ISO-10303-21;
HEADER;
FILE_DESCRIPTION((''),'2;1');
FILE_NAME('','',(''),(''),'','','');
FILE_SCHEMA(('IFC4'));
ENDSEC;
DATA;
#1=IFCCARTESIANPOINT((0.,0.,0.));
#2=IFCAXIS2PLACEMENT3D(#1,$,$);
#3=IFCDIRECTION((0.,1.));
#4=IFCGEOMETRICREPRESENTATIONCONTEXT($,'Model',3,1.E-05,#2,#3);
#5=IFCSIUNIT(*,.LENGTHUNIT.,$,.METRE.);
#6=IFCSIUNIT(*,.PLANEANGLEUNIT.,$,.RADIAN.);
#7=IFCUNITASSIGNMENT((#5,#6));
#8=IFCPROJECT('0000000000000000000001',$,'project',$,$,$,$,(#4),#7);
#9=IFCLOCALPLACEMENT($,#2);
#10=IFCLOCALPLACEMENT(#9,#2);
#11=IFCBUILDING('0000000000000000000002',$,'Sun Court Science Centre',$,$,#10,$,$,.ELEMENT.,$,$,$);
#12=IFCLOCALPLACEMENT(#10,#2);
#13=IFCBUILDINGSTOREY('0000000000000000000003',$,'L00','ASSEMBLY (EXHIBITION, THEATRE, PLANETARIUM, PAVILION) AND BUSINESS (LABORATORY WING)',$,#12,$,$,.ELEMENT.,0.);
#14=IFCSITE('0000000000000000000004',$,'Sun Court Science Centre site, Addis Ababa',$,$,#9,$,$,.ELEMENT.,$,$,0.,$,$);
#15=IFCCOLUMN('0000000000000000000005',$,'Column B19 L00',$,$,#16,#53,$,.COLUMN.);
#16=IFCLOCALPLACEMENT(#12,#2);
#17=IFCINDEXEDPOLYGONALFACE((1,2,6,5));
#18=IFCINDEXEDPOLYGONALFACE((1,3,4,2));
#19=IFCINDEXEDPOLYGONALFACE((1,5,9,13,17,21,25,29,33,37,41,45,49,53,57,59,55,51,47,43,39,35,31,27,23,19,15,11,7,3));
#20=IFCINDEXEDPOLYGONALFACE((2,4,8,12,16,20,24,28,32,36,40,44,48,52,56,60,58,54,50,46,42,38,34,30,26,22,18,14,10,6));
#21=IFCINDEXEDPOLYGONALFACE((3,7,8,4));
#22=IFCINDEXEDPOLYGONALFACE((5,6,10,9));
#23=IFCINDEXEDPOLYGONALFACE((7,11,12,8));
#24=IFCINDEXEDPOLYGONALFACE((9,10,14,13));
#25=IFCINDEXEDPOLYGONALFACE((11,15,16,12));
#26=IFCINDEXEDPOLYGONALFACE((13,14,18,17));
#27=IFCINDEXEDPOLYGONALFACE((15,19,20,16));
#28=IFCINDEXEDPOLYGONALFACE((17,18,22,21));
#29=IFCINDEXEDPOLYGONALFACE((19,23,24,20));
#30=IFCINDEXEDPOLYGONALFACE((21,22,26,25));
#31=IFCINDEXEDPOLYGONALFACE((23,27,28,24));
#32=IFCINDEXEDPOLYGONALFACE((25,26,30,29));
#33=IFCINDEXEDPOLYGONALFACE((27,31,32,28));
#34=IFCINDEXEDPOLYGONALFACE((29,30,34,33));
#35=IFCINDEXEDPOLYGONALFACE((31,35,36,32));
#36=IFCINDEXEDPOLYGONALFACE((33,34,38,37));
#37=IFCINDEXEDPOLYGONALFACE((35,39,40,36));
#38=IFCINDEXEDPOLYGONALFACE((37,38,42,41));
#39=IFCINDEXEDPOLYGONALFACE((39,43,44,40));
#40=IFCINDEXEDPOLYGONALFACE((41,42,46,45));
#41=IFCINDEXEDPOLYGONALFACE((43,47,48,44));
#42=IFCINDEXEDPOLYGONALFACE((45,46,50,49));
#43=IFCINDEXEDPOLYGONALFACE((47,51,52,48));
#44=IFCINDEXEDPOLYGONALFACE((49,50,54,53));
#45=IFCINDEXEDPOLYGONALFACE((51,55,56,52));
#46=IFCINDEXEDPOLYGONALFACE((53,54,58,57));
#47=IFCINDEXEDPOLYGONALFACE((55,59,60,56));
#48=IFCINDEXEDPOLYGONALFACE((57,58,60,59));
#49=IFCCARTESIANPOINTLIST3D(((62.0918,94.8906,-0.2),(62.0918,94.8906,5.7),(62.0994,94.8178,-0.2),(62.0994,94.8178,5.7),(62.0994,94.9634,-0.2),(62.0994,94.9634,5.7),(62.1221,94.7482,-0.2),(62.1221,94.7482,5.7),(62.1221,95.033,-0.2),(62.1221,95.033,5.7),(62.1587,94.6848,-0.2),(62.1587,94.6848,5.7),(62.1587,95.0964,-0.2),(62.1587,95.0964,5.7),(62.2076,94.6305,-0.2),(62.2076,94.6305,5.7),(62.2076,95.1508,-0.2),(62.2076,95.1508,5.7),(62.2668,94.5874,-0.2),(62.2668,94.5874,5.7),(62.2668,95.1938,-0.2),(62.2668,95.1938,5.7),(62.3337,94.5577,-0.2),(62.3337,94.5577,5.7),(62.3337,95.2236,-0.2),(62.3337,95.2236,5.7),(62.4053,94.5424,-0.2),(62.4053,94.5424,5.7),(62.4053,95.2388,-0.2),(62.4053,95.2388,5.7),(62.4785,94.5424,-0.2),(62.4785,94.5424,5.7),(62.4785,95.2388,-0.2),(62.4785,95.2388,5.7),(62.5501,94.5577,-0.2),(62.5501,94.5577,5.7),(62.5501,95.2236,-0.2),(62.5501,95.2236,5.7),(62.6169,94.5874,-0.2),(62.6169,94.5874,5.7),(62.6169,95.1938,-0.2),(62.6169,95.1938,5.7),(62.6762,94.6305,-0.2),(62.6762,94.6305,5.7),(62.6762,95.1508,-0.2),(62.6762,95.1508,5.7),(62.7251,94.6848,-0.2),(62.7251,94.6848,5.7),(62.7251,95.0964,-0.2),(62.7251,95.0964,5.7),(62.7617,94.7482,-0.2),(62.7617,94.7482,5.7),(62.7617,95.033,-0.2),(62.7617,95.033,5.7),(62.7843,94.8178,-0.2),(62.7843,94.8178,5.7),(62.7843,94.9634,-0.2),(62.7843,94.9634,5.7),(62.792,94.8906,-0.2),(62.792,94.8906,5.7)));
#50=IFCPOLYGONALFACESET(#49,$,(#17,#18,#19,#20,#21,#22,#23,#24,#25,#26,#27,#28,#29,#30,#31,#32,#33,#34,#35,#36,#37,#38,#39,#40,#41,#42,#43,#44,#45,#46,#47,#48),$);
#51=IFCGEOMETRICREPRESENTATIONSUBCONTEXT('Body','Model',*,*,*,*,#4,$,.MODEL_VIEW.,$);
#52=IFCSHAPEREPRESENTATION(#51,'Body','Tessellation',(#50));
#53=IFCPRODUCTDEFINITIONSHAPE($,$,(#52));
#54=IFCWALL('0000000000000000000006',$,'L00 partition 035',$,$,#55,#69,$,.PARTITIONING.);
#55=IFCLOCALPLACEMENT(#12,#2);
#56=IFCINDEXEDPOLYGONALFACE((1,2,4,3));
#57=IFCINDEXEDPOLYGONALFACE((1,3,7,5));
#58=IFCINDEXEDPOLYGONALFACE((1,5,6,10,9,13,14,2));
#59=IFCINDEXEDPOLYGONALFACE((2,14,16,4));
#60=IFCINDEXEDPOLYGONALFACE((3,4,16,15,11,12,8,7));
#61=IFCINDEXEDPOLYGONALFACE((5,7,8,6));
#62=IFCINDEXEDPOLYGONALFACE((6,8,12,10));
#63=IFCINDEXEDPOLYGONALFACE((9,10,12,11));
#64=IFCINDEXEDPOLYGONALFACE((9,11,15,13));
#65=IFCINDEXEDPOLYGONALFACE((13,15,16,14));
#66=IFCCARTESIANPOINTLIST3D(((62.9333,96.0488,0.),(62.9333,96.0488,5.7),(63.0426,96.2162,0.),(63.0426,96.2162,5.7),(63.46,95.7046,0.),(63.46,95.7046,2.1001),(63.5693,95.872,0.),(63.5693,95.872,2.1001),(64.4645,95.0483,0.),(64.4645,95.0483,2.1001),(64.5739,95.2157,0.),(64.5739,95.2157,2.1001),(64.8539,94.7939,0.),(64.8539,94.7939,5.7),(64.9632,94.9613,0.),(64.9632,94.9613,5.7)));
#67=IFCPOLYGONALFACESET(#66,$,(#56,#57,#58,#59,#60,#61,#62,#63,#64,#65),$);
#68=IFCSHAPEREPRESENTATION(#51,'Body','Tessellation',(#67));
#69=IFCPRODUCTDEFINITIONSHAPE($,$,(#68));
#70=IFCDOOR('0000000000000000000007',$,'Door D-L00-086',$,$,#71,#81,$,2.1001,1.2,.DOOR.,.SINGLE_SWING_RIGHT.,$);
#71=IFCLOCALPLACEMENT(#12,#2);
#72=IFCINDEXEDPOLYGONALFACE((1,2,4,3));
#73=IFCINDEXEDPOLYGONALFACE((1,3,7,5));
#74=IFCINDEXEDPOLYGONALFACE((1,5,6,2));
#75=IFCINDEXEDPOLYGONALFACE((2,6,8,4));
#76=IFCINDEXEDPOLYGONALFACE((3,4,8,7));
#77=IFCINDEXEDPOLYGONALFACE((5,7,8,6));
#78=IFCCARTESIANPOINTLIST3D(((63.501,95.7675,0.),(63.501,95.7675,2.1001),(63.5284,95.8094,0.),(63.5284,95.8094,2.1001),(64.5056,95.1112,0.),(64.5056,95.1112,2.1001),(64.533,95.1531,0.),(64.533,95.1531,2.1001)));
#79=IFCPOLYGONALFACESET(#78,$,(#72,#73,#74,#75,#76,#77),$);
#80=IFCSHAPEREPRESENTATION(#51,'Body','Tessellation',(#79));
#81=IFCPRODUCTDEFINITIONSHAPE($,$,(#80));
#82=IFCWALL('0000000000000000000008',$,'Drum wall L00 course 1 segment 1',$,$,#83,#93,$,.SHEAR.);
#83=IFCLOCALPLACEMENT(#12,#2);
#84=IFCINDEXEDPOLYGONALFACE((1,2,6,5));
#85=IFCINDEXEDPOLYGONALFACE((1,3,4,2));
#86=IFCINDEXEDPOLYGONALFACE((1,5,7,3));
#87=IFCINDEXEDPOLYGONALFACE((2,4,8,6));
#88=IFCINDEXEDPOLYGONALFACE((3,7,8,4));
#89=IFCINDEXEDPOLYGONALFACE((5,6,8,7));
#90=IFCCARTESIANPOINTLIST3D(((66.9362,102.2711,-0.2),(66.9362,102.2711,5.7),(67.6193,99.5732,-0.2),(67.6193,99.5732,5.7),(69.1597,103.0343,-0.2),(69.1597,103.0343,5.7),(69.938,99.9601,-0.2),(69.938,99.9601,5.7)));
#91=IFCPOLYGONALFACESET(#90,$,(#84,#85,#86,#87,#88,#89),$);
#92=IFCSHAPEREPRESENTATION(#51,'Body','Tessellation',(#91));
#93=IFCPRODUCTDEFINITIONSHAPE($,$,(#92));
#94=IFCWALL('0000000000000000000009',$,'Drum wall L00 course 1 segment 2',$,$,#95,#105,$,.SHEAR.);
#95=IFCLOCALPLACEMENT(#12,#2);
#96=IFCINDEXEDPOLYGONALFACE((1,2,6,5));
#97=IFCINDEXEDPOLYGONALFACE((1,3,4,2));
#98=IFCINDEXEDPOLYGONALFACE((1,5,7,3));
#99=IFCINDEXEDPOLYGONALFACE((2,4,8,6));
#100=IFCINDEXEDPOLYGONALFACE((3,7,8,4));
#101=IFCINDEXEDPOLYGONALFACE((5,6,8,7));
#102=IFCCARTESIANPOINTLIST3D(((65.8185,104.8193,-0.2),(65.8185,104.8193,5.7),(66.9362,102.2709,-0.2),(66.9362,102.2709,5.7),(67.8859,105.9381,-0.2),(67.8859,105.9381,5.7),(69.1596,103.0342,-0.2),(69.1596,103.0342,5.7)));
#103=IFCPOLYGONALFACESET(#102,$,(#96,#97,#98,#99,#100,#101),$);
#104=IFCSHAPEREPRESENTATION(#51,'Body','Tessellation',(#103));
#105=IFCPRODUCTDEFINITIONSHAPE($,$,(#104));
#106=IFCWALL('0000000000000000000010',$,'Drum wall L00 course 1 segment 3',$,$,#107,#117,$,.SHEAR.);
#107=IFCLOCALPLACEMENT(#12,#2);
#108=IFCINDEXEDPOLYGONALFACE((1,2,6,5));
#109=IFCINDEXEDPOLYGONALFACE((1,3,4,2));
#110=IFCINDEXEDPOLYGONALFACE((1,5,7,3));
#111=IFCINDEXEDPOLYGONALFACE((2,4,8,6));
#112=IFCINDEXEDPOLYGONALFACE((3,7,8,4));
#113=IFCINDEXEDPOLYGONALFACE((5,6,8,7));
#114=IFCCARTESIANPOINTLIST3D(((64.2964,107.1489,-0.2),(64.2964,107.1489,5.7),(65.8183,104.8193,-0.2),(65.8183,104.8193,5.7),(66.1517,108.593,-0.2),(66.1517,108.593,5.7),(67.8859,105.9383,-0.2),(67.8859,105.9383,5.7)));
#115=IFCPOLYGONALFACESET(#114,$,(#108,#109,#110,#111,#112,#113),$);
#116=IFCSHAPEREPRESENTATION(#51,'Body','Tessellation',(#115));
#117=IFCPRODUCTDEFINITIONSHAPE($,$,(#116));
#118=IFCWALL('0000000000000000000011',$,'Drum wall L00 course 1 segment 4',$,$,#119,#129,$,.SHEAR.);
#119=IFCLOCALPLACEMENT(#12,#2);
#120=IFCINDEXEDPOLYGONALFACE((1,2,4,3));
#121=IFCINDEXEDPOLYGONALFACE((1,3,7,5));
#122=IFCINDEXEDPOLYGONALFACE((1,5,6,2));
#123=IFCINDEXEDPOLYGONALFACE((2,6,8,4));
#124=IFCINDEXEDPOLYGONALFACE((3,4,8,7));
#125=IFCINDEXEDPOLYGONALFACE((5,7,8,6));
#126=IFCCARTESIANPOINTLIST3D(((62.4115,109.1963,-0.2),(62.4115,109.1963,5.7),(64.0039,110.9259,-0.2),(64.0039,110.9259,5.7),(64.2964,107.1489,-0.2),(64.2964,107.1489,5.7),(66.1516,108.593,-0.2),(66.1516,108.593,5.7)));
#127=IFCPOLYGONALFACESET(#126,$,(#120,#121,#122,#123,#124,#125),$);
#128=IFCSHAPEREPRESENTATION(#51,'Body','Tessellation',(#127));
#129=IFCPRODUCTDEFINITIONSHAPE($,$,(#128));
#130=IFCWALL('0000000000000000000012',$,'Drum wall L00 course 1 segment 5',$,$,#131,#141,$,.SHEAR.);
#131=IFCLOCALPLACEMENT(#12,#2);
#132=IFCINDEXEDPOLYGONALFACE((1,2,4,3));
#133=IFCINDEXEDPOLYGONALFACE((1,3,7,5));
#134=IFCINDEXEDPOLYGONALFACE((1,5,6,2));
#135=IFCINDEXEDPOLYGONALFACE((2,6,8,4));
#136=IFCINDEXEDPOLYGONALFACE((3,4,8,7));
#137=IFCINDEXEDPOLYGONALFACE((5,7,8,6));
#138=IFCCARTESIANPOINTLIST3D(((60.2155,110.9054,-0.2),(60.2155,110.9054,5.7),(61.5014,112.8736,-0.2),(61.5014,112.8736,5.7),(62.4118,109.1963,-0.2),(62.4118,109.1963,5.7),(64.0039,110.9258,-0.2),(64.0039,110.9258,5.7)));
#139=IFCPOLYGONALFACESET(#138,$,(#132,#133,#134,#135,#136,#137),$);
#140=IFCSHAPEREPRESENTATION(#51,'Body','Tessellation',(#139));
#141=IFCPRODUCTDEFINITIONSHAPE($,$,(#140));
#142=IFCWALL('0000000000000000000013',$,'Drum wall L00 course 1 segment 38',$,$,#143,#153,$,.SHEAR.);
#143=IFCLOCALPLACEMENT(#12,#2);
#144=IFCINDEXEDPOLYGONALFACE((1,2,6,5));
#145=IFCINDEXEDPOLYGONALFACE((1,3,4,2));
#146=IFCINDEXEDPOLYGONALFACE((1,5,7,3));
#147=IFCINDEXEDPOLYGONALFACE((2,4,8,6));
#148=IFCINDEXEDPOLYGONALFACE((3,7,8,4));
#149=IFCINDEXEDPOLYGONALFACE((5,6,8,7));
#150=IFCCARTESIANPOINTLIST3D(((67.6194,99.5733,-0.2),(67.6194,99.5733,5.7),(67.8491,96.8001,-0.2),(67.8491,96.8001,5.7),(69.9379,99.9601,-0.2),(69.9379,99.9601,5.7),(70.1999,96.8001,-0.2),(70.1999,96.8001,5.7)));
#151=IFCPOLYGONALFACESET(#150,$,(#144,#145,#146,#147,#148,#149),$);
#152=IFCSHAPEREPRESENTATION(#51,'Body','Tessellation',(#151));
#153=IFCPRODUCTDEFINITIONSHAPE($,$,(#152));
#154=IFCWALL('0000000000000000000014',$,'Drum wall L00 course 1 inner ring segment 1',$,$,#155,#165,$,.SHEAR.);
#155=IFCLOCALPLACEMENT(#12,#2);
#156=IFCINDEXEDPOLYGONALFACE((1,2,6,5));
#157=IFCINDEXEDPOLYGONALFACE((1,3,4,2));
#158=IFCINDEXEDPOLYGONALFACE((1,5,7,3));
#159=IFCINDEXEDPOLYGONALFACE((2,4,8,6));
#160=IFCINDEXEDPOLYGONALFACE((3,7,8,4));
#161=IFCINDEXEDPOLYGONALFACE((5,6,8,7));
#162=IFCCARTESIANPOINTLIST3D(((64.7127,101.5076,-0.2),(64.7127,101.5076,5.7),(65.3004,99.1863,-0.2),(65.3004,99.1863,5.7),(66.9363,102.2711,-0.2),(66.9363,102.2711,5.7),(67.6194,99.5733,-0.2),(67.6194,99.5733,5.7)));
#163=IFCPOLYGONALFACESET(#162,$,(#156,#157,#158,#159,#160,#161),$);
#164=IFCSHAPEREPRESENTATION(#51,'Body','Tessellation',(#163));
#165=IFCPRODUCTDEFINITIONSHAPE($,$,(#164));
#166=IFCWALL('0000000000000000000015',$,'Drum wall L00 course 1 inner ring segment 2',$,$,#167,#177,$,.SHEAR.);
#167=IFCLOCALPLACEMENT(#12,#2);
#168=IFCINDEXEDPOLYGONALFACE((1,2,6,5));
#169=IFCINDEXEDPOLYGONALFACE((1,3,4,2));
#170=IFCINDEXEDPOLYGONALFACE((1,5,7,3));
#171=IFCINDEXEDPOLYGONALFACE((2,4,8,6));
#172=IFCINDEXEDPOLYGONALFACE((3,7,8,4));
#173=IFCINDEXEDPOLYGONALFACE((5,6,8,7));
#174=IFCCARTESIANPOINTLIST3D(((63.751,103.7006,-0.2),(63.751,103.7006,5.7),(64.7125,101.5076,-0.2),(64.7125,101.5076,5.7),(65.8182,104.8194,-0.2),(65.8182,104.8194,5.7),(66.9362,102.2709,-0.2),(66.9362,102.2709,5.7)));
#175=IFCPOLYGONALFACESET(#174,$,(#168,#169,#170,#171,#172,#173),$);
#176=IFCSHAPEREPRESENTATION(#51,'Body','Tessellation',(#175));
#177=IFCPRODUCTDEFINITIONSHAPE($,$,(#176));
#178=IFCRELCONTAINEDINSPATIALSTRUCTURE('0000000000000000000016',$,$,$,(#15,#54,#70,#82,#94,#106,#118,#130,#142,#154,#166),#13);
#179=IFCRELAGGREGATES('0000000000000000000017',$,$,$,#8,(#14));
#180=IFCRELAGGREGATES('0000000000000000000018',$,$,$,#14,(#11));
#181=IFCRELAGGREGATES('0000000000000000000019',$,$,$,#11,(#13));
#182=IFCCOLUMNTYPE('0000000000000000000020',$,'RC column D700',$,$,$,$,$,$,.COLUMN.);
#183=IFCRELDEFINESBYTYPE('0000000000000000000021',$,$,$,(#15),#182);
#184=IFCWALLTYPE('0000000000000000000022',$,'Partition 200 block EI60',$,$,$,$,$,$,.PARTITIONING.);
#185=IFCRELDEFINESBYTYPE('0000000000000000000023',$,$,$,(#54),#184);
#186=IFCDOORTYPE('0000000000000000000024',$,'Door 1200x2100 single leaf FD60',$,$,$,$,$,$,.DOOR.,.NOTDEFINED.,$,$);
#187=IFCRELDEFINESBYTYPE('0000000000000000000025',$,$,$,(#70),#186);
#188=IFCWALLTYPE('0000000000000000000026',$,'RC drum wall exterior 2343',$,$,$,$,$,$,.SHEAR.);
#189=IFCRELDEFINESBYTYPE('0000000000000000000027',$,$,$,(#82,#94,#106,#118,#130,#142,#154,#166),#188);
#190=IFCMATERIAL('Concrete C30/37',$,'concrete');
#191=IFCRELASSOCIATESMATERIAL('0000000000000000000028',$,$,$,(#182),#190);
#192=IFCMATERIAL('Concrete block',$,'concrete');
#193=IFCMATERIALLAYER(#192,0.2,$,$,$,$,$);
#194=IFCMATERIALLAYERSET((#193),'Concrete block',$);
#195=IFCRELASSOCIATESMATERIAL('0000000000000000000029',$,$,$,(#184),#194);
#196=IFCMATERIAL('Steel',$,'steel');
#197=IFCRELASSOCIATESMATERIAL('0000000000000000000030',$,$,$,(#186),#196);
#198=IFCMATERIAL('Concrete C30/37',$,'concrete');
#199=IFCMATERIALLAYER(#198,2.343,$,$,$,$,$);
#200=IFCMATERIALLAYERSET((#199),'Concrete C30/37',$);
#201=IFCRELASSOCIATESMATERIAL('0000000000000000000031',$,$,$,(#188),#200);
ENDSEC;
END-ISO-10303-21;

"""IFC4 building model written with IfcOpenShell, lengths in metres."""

from ifc_helpers import new_model, si_unit, direction, frame, frame_2d, origin, origin_2d, place, context, subcontext, project, spatial, polyline, rectangle, circle, outline, extrude, material, layer, layer_set, material_profile, profile_set, type_object, element, fill, save


model = new_model("IFC4")

# Units and contexts
model_context = context("Model", 3, precision=1e-05, world=origin(), true_north=direction((0.0, 1.0)))
body_context = subcontext(model_context, "Body", "Model", "MODEL_VIEW")
ifc_project = project(units=[si_unit("LENGTHUNIT", "METRE"), si_unit("PLANEANGLEUNIT", "RADIAN")], contexts=[model_context])

# Site, building, storey
site_placement = place(None, origin())
site = spatial("IfcSite", under=ifc_project, at=site_placement, Name="Sun Court Science Centre site, Addis Ababa", CompositionType="ELEMENT", RefElevation=0.0)
building_placement = place(site_placement, origin())
building = spatial("IfcBuilding", under=site, at=building_placement, Name="Sun Court Science Centre", CompositionType="ELEMENT")
storey_placement = place(building_placement, origin())
storey = spatial("IfcBuildingStorey", under=building, at=storey_placement, Name="L00", Description="ASSEMBLY (EXHIBITION, THEATRE, PLANETARIUM, PAVILION) AND BUSINESS (LABORATORY WING)", CompositionType="ELEMENT", Elevation=0.0)

# Column
ifc_material_1 = material(Name="Concrete C30/37", Category="concrete")
ifc_material_profile_1 = material_profile(ifc_material_1, circle(Radius=0.3501, at=origin_2d()), Name="RC D700")
ifc_profile_set_1 = profile_set([ifc_material_profile_1], Name="Concrete C30/37")
column_type = type_object("IfcColumnType", Name="RC column D700", PredefinedType="COLUMN", material=ifc_profile_set_1)
for number, where, z_axis, x_axis, name in (
    (1, (62.4419, 94.8906, -0.2), (0.0, 0.0, 1.0), (1.0, 0.0, 0.0), "Column B19 L00"),
):
    element("IfcColumn", number, at=place(storey_placement, frame(where, z_axis=z_axis, x_axis=x_axis)), inside=storey, type_object=column_type, Name=name, PredefinedType="COLUMN", context=body_context, shape_type="SweptSolid", body=[
        extrude(circle(Radius=0.3501, at=origin_2d()), origin(), (0.0, 0.0, 1.0), 5.8999),
    ])

# Wall, opening, door
ifc_material_2 = material(Name="Concrete block", Category="concrete")
ifc_layer_1 = layer(ifc_material_2, 0.2)
ifc_layer_set_1 = layer_set([ifc_layer_1], Name="Concrete block")
wall_type_1 = type_object("IfcWallType", Name="Partition 200 block EI60", PredefinedType="PARTITIONING", material=ifc_layer_set_1)
wall_1_placement = place(storey_placement, frame((64.9084, 94.8777, 0.0), z_axis=(0.0, 0.0, 1.0), x_axis=(-0.837155, 0.546965, 0.0)))
wall_1 = element("IfcWall", 2, at=wall_1_placement, inside=storey, type_object=wall_type_1, Name="L00 partition 035", PredefinedType="PARTITIONING", context=body_context, shape_type="SweptSolid", body=[
    extrude(rectangle(XDim=2.2942, YDim=0.2, at=frame_2d((1.147, 0.0))), origin(), (0.0, 0.0, 1.0), 5.7),
])
opening_placement = place(wall_1_placement, frame((0.4648, 0.0, 0.0)))
opening = element("IfcOpeningElement", 3, at=opening_placement, cuts=wall_1, PredefinedType="OPENING", context=body_context, shape_type="SweptSolid", body=[
    extrude(rectangle(XDim=1.2, YDim=2.1001, at=frame_2d((0.6001, 1.05))), frame((0.0, 0.1099, 0.0), z_axis=(0.0, -1.0, 0.0), x_axis=(1.0, 0.0, 0.0)), (0.0, 0.0, 1.0), 0.22),
])
ifc_material_3 = material(Name="Steel", Category="steel")
door_type = type_object("IfcDoorType", Name="Door 1200x2100 single leaf FD60", OperationType="NOTDEFINED", PredefinedType="DOOR", material=ifc_material_3)
door_placement = place(opening_placement, origin())
door = element("IfcDoor", 4, at=door_placement, inside=storey, type_object=door_type, Name="Door D-L00-086", OperationType="SINGLE_SWING_RIGHT", OverallHeight=2.1001, OverallWidth=1.2, PredefinedType="DOOR", context=body_context, shape_type="SweptSolid", body=[
    extrude(rectangle(XDim=1.2, YDim=2.1001, at=frame_2d((0.6001, 1.05))), frame((0.0, 0.0249, 0.0), z_axis=(0.0, -1.0, 0.0), x_axis=(1.0, 0.0, 0.0)), (0.0, 0.0, 1.0), 0.05),
])
fill(opening, door)

# Walls
ifc_material_4 = material(Name="Concrete C30/37", Category="concrete")
ifc_layer_2 = layer(ifc_material_4, 2.343)
ifc_layer_set_2 = layer_set([ifc_layer_2], Name="Concrete C30/37")
wall_type_2 = type_object("IfcWallType", Name="RC drum wall exterior 2343", PredefinedType="SHEAR", material=ifc_layer_set_2)
wall_2_placement = place(storey_placement, frame((68.8025, 99.6726, -0.2), z_axis=(0.0, 0.0, 1.0), x_axis=(-0.245451, 0.969409, 0.0)))
element("IfcWall", 5, at=wall_2_placement, inside=storey, type_object=wall_type_2, Name="Drum wall L00 course 1 segment 1", PredefinedType="SHEAR", context=body_context, shape_type="SweptSolid", body=[
    extrude(outline(polyline([(0.0, -1.1714), (3.1711, -1.1714), (2.9771, 1.1714), (0.1941, 1.1714), (0.0, -1.1714)])), origin(), (0.0, 0.0, 1.0), 5.8999),
])
wall_3_placement = place(storey_placement, frame((68.0869, 102.5637, -0.2), z_axis=(0.0, 0.0, 1.0), x_axis=(-0.401683, 0.915779, 0.0)))
element("IfcWall", 6, at=wall_3_placement, inside=storey, type_object=wall_type_2, Name="Drum wall L00 course 1 segment 2", PredefinedType="SHEAR", context=body_context, shape_type="SweptSolid", body=[
    extrude(outline(polyline([(0.0, -1.1714), (3.1709, -1.1714), (2.9768, 1.1714), (0.1941, 1.1714), (0.0, -1.1714)])), origin(), (0.0, 0.0, 1.0), 5.8999),
])
wall_4_placement = place(storey_placement, frame((66.9053, 105.2976, -0.2), z_axis=(0.0, 0.0, 1.0), x_axis=(-0.546965, 0.837155, 0.0)))
element("IfcWall", 7, at=wall_4_placement, inside=storey, type_object=wall_type_2, Name="Drum wall L00 course 1 segment 3", PredefinedType="SHEAR", context=body_context, shape_type="SweptSolid", body=[
    extrude(outline(polyline([(0.0, -1.1714), (3.1709, -1.1716), (2.9768, 1.1714), (0.1941, 1.1716), (0.0, -1.1714)])), origin(), (0.0, 0.0, 1.0), 5.8999),
])
wall_5_placement = place(storey_placement, frame((65.2896, 107.7996, -0.2), z_axis=(0.0, 0.0, 1.0), x_axis=(-0.677243, 0.735759, 0.0)))
element("IfcWall", 8, at=wall_5_placement, inside=storey, type_object=wall_type_2, Name="Drum wall L00 course 1 segment 4", PredefinedType="SHEAR", context=body_context, shape_type="SweptSolid", body=[
    extrude(outline(polyline([(0.0, -1.1716), (3.1709, -1.1714), (2.9768, 1.1716), (0.1938, 1.1714), (0.0, -1.1716)])), origin(), (0.0, 0.0, 1.0), 5.8999),
])
wall_6_placement = place(storey_placement, frame((63.2844, 110.0015, -0.2), z_axis=(0.0, 0.0, 1.0), x_axis=(-0.789137, 0.614218, 0.0)))
element("IfcWall", 9, at=wall_6_placement, inside=storey, type_object=wall_type_2, Name="Drum wall L00 course 1 segment 5", PredefinedType="SHEAR", context=body_context, shape_type="SweptSolid", body=[
    extrude(outline(polyline([(0.0, -1.1714), (3.1711, -1.1714), (2.9771, 1.1716), (0.1941, 1.1714), (0.0, -1.1714)])), origin(), (0.0, 0.0, 1.0), 5.8999),
])
wall_7_placement = place(storey_placement, frame((69.0325, 96.7034, -0.2), z_axis=(0.0, 0.0, 1.0), x_axis=(-0.082536, 0.996588, 0.0)))
element("IfcWall", 10, at=wall_7_placement, inside=storey, type_object=wall_type_2, Name="Drum wall L00 course 1 segment 38", PredefinedType="SHEAR", context=body_context, shape_type="SweptSolid", body=[
    extrude(outline(polyline([(0.0, -1.1714), (3.1709, -1.1711), (2.9768, 1.1714), (0.1941, 1.1714), (0.0, -1.1714)])), origin(), (0.0, 0.0, 1.0), 5.8999),
])
wall_8_placement = place(storey_placement, frame((66.4839, 99.2856, -0.2), z_axis=(0.0, 0.0, 1.0), x_axis=(-0.245548, 0.969384, 0.0)))
element("IfcWall", 11, at=wall_8_placement, inside=storey, type_object=wall_type_2, Name="Drum wall L00 course 1 inner ring segment 1", PredefinedType="SHEAR", context=body_context, shape_type="SweptSolid", body=[
    extrude(outline(polyline([(0.0, -1.1714), (2.783, -1.1716), (2.5889, 1.1714), (0.1943, 1.1716), (0.0, -1.1714)])), origin(), (0.0, 0.0, 1.0), 5.8999),
])
wall_9_placement = place(storey_placement, frame((65.8635, 101.8003, -0.2), z_axis=(0.0, 0.0, 1.0), x_axis=(-0.40173, 0.915758, 0.0)))
element("IfcWall", 12, at=wall_9_placement, inside=storey, type_object=wall_type_2, Name="Drum wall L00 course 1 inner ring segment 2", PredefinedType="SHEAR", context=body_context, shape_type="SweptSolid", body=[
    extrude(outline(polyline([(0.0, -1.1714), (2.783, -1.1714), (2.5889, 1.1711), (0.1943, 1.1716), (0.0, -1.1714)])), origin(), (0.0, 0.0, 1.0), 5.8999),
])

save(model, "model.ifc")
